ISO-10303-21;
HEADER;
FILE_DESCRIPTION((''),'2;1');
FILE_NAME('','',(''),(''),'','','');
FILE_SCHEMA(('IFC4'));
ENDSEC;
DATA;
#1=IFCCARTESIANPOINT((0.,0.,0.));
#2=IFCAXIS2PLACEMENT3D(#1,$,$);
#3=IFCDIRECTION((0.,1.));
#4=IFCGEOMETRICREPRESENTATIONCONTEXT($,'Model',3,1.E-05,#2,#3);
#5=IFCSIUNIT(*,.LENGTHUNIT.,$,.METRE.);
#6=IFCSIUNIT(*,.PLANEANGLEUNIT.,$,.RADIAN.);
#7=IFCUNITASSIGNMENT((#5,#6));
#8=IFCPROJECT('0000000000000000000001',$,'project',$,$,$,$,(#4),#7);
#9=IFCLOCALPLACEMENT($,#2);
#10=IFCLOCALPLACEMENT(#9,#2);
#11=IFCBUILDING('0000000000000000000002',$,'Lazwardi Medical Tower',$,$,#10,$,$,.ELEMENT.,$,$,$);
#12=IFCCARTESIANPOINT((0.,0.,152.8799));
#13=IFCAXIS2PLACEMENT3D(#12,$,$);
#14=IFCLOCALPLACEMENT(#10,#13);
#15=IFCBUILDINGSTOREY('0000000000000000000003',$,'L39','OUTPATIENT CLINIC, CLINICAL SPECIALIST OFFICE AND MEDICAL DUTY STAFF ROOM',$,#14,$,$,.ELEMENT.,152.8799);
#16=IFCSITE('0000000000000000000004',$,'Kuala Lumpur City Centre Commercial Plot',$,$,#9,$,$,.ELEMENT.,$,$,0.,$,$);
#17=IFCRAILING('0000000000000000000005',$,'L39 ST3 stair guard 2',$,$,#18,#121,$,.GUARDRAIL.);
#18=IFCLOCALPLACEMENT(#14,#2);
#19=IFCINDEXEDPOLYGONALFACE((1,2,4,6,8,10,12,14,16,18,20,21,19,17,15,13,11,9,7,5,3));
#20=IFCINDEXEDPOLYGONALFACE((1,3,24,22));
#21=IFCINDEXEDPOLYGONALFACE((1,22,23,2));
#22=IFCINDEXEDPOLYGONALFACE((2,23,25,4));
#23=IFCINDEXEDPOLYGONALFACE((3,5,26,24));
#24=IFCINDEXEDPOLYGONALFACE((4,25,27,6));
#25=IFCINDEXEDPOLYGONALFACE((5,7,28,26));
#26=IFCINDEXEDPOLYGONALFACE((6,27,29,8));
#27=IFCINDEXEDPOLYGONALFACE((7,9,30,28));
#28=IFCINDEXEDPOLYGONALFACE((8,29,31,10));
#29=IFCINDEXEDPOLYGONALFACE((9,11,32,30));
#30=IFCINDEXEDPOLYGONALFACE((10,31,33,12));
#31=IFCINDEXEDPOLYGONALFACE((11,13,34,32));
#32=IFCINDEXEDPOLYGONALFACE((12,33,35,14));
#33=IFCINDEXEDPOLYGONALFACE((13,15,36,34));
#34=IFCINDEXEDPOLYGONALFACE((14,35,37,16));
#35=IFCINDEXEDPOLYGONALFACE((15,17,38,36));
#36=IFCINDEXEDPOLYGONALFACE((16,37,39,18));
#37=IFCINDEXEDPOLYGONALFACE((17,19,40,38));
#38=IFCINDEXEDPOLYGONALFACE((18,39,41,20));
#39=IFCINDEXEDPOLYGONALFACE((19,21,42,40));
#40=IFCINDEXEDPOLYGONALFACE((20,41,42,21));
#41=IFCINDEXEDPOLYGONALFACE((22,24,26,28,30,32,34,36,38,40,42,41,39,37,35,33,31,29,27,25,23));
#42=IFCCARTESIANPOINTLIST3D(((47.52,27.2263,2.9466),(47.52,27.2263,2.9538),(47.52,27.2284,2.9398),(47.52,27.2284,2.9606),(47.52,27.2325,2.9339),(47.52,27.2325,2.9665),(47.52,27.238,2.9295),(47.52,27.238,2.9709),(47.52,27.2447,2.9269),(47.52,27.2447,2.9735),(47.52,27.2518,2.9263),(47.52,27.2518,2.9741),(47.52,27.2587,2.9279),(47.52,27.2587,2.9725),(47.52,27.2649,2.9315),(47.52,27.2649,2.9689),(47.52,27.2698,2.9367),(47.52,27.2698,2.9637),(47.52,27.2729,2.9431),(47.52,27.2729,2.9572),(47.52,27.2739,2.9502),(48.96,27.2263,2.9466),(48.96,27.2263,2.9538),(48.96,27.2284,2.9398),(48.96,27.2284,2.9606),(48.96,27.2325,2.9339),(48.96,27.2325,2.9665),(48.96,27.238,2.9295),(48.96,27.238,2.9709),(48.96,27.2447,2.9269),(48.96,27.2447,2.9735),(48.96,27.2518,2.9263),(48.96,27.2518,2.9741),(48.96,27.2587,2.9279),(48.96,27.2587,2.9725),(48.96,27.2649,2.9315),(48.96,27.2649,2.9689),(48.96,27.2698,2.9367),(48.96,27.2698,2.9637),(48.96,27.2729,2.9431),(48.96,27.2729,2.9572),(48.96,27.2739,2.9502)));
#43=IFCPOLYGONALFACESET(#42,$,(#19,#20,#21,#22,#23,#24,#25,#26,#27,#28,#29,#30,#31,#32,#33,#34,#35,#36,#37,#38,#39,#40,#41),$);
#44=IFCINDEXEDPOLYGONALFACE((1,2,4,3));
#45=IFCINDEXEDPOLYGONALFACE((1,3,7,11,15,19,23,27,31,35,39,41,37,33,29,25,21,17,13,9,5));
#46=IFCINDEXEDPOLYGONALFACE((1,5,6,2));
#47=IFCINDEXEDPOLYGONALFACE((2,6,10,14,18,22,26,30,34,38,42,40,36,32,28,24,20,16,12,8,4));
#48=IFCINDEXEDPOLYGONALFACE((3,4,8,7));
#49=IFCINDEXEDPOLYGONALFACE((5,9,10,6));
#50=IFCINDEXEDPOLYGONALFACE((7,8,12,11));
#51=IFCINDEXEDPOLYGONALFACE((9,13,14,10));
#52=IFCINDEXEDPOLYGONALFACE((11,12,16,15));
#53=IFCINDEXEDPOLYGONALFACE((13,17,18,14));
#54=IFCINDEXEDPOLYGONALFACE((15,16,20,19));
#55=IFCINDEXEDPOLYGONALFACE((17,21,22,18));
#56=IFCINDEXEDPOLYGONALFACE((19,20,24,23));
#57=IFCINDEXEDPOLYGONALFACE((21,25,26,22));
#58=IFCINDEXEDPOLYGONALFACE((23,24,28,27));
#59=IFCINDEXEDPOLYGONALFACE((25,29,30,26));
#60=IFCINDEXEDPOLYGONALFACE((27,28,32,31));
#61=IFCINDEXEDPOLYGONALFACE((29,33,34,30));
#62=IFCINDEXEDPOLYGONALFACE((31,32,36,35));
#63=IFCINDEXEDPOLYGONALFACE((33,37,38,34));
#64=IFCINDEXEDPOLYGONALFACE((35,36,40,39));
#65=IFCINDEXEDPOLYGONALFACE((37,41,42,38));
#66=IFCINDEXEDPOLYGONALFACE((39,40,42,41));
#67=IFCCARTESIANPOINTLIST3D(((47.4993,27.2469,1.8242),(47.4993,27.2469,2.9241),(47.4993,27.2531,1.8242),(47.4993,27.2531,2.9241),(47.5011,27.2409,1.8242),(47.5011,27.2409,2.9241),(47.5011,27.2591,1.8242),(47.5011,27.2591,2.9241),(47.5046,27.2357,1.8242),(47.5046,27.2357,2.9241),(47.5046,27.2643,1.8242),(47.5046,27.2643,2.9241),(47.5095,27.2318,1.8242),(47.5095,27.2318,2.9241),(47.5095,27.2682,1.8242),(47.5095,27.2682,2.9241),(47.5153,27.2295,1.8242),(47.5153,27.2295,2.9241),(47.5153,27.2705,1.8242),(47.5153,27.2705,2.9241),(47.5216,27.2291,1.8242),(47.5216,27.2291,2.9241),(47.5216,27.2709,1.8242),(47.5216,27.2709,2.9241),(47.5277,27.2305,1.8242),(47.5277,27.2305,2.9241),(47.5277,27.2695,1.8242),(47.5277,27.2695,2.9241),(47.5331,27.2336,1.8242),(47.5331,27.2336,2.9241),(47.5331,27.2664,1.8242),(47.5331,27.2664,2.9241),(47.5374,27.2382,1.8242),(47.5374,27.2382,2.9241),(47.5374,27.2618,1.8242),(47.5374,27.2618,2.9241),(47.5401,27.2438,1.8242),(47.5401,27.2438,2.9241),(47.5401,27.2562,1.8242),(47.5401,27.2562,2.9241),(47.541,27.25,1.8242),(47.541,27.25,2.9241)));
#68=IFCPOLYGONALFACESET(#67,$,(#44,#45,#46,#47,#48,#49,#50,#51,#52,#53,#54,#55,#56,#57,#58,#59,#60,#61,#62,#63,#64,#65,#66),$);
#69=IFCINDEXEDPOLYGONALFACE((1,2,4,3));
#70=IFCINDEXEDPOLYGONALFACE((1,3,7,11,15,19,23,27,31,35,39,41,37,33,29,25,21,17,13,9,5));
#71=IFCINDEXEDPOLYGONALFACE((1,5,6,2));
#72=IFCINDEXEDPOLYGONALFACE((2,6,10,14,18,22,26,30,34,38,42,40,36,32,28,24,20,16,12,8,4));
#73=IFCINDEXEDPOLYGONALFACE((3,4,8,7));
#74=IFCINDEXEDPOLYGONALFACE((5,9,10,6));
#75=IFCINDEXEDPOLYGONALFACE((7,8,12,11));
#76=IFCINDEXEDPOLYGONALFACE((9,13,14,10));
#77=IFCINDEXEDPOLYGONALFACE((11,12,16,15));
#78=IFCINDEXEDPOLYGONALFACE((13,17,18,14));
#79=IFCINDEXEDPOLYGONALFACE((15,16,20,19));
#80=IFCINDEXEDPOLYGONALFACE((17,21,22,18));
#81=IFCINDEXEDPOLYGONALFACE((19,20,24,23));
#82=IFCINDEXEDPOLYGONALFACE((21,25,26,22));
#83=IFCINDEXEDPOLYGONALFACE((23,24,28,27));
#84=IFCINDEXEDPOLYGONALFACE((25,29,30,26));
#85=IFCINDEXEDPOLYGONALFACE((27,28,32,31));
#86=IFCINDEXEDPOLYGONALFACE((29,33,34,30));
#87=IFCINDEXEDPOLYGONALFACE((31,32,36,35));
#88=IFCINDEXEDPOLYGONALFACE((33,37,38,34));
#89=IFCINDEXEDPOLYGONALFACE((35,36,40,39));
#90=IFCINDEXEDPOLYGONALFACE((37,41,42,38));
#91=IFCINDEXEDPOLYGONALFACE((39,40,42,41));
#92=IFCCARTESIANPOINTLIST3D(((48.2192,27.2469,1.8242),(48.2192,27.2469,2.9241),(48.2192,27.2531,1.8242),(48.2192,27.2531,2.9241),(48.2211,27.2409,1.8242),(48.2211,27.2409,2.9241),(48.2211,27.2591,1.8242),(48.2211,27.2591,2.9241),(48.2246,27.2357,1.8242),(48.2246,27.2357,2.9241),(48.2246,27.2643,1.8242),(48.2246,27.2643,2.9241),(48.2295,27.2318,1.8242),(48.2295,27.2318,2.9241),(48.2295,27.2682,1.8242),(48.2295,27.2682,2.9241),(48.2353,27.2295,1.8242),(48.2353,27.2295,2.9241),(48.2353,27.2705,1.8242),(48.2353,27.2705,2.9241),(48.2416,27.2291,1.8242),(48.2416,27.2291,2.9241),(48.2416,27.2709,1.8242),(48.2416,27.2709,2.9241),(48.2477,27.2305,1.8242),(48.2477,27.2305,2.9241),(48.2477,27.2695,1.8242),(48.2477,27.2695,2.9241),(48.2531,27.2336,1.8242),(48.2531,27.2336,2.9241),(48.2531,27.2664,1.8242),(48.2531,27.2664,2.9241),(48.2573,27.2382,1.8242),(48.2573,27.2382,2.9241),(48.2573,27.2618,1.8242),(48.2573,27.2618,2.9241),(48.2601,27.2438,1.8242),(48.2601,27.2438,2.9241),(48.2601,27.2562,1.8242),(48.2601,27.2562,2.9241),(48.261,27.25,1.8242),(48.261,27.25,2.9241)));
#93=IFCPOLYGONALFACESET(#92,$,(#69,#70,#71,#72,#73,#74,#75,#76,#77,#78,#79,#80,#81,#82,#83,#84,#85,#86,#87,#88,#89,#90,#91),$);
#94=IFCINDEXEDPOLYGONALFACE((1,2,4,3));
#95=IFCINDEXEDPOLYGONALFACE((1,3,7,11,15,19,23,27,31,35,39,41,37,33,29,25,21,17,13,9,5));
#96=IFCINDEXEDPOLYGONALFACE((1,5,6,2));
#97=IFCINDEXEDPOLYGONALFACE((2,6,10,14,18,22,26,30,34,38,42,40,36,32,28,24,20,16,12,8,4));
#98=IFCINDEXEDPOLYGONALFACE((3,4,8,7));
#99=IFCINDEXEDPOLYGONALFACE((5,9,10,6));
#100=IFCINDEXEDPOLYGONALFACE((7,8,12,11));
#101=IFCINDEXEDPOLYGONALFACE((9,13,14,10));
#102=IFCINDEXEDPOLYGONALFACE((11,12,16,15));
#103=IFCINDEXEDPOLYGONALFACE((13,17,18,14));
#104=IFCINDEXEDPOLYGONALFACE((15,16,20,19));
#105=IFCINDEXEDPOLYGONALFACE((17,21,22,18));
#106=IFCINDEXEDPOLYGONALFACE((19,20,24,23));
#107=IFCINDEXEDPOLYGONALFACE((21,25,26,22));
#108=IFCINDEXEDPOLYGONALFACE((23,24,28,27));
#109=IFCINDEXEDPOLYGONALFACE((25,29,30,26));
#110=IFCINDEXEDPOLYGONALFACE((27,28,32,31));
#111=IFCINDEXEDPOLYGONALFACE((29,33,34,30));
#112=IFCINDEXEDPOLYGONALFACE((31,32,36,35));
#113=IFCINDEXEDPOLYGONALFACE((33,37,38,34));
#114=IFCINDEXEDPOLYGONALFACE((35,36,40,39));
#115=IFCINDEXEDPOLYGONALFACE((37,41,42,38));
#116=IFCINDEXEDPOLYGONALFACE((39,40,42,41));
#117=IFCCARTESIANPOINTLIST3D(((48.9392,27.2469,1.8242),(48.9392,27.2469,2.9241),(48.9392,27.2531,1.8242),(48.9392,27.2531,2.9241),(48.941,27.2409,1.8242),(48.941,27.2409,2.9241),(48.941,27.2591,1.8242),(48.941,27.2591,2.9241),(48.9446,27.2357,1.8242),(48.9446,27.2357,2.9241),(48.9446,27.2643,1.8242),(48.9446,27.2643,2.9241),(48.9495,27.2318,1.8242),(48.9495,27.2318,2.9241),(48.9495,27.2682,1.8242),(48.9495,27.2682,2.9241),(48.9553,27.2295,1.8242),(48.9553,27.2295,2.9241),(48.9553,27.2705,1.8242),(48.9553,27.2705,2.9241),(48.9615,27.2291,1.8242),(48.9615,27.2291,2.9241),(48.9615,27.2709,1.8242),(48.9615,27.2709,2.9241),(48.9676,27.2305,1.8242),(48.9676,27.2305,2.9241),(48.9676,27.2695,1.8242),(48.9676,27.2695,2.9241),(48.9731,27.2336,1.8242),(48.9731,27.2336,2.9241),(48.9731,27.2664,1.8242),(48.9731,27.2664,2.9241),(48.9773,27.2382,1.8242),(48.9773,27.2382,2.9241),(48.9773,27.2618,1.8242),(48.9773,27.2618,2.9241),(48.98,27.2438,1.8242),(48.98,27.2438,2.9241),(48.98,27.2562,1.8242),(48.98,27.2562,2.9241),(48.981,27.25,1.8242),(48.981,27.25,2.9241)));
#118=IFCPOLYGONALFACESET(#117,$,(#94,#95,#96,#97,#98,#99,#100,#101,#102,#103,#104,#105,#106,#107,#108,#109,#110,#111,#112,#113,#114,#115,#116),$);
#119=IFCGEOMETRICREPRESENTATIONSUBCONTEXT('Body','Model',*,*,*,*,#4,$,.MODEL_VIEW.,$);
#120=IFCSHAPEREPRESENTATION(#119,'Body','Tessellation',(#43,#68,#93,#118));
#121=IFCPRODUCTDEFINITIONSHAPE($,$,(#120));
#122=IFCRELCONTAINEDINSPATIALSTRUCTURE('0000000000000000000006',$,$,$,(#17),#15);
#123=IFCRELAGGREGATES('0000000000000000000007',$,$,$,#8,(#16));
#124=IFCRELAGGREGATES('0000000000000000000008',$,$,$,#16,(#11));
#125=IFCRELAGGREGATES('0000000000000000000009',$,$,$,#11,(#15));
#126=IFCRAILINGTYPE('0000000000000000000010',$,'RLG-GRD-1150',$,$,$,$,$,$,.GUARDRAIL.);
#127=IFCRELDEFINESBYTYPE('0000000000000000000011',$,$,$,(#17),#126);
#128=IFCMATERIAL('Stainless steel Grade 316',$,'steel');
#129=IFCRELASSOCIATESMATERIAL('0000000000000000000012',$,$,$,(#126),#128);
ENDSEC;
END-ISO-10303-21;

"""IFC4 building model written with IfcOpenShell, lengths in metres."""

from ifc_helpers import new_model, si_unit, direction, frame, origin, origin_2d, place, context, subcontext, project, spatial, circle, extrude, material, type_object, element, save


model = new_model("IFC4")

# Units and contexts
model_context = context("Model", 3, precision=1e-05, world=origin(), true_north=direction((0.0, 1.0)))
body_context = subcontext(model_context, "Body", "Model", "MODEL_VIEW")
ifc_project = project(units=[si_unit("LENGTHUNIT", "METRE"), si_unit("PLANEANGLEUNIT", "RADIAN")], contexts=[model_context])

# Site, building, storey
site_placement = place(None, origin())
site = spatial("IfcSite", under=ifc_project, at=site_placement, Name="Kuala Lumpur City Centre Commercial Plot", CompositionType="ELEMENT", RefElevation=0.0)
building_placement = place(site_placement, origin())
building = spatial("IfcBuilding", under=site, at=building_placement, Name="Lazwardi Medical Tower", CompositionType="ELEMENT")
storey_placement = place(building_placement, frame((0.0, 0.0, 152.8799)))
storey = spatial("IfcBuildingStorey", under=building, at=storey_placement, Name="L39", Description="OUTPATIENT CLINIC, CLINICAL SPECIALIST OFFICE AND MEDICAL DUTY STAFF ROOM", CompositionType="ELEMENT", Elevation=152.8799)

# Railing
ifc_material_1 = material(Name="Stainless steel Grade 316", Category="steel")
railing_type_1 = type_object("IfcRailingType", Name="RLG-GRD-1150", PredefinedType="GUARDRAIL", material=ifc_material_1)
railing_1_placement = place(storey_placement, frame((47.52, 27.25, 1.8242)))
element("IfcRailing", 1, at=railing_1_placement, inside=storey, type_object=railing_type_1, Name="L39 ST3 stair guard 2", PredefinedType="GUARDRAIL", context=body_context, shape_type="SweptSolid", body=[
    extrude(circle(Radius=0.0239, at=origin_2d()), frame((0.0, 0.0, 1.126), z_axis=(1.0, 0.0, 0.0), x_axis=(0.0, 1.0, 0.0)), (0.0, 0.0, 1.0), 1.4399),
    extrude(circle(Radius=0.021, at=origin_2d()), origin(), (0.0, 0.0, 1.0), 1.0999),
    extrude(circle(Radius=0.021, at=origin_2d()), frame((0.72, 0.0, 0.0)), (0.0, 0.0, 1.0), 1.0999),
    extrude(circle(Radius=0.021, at=origin_2d()), frame((1.4399, 0.0, 0.0)), (0.0, 0.0, 1.0), 1.0999),
])

save(model, "model.ifc")
